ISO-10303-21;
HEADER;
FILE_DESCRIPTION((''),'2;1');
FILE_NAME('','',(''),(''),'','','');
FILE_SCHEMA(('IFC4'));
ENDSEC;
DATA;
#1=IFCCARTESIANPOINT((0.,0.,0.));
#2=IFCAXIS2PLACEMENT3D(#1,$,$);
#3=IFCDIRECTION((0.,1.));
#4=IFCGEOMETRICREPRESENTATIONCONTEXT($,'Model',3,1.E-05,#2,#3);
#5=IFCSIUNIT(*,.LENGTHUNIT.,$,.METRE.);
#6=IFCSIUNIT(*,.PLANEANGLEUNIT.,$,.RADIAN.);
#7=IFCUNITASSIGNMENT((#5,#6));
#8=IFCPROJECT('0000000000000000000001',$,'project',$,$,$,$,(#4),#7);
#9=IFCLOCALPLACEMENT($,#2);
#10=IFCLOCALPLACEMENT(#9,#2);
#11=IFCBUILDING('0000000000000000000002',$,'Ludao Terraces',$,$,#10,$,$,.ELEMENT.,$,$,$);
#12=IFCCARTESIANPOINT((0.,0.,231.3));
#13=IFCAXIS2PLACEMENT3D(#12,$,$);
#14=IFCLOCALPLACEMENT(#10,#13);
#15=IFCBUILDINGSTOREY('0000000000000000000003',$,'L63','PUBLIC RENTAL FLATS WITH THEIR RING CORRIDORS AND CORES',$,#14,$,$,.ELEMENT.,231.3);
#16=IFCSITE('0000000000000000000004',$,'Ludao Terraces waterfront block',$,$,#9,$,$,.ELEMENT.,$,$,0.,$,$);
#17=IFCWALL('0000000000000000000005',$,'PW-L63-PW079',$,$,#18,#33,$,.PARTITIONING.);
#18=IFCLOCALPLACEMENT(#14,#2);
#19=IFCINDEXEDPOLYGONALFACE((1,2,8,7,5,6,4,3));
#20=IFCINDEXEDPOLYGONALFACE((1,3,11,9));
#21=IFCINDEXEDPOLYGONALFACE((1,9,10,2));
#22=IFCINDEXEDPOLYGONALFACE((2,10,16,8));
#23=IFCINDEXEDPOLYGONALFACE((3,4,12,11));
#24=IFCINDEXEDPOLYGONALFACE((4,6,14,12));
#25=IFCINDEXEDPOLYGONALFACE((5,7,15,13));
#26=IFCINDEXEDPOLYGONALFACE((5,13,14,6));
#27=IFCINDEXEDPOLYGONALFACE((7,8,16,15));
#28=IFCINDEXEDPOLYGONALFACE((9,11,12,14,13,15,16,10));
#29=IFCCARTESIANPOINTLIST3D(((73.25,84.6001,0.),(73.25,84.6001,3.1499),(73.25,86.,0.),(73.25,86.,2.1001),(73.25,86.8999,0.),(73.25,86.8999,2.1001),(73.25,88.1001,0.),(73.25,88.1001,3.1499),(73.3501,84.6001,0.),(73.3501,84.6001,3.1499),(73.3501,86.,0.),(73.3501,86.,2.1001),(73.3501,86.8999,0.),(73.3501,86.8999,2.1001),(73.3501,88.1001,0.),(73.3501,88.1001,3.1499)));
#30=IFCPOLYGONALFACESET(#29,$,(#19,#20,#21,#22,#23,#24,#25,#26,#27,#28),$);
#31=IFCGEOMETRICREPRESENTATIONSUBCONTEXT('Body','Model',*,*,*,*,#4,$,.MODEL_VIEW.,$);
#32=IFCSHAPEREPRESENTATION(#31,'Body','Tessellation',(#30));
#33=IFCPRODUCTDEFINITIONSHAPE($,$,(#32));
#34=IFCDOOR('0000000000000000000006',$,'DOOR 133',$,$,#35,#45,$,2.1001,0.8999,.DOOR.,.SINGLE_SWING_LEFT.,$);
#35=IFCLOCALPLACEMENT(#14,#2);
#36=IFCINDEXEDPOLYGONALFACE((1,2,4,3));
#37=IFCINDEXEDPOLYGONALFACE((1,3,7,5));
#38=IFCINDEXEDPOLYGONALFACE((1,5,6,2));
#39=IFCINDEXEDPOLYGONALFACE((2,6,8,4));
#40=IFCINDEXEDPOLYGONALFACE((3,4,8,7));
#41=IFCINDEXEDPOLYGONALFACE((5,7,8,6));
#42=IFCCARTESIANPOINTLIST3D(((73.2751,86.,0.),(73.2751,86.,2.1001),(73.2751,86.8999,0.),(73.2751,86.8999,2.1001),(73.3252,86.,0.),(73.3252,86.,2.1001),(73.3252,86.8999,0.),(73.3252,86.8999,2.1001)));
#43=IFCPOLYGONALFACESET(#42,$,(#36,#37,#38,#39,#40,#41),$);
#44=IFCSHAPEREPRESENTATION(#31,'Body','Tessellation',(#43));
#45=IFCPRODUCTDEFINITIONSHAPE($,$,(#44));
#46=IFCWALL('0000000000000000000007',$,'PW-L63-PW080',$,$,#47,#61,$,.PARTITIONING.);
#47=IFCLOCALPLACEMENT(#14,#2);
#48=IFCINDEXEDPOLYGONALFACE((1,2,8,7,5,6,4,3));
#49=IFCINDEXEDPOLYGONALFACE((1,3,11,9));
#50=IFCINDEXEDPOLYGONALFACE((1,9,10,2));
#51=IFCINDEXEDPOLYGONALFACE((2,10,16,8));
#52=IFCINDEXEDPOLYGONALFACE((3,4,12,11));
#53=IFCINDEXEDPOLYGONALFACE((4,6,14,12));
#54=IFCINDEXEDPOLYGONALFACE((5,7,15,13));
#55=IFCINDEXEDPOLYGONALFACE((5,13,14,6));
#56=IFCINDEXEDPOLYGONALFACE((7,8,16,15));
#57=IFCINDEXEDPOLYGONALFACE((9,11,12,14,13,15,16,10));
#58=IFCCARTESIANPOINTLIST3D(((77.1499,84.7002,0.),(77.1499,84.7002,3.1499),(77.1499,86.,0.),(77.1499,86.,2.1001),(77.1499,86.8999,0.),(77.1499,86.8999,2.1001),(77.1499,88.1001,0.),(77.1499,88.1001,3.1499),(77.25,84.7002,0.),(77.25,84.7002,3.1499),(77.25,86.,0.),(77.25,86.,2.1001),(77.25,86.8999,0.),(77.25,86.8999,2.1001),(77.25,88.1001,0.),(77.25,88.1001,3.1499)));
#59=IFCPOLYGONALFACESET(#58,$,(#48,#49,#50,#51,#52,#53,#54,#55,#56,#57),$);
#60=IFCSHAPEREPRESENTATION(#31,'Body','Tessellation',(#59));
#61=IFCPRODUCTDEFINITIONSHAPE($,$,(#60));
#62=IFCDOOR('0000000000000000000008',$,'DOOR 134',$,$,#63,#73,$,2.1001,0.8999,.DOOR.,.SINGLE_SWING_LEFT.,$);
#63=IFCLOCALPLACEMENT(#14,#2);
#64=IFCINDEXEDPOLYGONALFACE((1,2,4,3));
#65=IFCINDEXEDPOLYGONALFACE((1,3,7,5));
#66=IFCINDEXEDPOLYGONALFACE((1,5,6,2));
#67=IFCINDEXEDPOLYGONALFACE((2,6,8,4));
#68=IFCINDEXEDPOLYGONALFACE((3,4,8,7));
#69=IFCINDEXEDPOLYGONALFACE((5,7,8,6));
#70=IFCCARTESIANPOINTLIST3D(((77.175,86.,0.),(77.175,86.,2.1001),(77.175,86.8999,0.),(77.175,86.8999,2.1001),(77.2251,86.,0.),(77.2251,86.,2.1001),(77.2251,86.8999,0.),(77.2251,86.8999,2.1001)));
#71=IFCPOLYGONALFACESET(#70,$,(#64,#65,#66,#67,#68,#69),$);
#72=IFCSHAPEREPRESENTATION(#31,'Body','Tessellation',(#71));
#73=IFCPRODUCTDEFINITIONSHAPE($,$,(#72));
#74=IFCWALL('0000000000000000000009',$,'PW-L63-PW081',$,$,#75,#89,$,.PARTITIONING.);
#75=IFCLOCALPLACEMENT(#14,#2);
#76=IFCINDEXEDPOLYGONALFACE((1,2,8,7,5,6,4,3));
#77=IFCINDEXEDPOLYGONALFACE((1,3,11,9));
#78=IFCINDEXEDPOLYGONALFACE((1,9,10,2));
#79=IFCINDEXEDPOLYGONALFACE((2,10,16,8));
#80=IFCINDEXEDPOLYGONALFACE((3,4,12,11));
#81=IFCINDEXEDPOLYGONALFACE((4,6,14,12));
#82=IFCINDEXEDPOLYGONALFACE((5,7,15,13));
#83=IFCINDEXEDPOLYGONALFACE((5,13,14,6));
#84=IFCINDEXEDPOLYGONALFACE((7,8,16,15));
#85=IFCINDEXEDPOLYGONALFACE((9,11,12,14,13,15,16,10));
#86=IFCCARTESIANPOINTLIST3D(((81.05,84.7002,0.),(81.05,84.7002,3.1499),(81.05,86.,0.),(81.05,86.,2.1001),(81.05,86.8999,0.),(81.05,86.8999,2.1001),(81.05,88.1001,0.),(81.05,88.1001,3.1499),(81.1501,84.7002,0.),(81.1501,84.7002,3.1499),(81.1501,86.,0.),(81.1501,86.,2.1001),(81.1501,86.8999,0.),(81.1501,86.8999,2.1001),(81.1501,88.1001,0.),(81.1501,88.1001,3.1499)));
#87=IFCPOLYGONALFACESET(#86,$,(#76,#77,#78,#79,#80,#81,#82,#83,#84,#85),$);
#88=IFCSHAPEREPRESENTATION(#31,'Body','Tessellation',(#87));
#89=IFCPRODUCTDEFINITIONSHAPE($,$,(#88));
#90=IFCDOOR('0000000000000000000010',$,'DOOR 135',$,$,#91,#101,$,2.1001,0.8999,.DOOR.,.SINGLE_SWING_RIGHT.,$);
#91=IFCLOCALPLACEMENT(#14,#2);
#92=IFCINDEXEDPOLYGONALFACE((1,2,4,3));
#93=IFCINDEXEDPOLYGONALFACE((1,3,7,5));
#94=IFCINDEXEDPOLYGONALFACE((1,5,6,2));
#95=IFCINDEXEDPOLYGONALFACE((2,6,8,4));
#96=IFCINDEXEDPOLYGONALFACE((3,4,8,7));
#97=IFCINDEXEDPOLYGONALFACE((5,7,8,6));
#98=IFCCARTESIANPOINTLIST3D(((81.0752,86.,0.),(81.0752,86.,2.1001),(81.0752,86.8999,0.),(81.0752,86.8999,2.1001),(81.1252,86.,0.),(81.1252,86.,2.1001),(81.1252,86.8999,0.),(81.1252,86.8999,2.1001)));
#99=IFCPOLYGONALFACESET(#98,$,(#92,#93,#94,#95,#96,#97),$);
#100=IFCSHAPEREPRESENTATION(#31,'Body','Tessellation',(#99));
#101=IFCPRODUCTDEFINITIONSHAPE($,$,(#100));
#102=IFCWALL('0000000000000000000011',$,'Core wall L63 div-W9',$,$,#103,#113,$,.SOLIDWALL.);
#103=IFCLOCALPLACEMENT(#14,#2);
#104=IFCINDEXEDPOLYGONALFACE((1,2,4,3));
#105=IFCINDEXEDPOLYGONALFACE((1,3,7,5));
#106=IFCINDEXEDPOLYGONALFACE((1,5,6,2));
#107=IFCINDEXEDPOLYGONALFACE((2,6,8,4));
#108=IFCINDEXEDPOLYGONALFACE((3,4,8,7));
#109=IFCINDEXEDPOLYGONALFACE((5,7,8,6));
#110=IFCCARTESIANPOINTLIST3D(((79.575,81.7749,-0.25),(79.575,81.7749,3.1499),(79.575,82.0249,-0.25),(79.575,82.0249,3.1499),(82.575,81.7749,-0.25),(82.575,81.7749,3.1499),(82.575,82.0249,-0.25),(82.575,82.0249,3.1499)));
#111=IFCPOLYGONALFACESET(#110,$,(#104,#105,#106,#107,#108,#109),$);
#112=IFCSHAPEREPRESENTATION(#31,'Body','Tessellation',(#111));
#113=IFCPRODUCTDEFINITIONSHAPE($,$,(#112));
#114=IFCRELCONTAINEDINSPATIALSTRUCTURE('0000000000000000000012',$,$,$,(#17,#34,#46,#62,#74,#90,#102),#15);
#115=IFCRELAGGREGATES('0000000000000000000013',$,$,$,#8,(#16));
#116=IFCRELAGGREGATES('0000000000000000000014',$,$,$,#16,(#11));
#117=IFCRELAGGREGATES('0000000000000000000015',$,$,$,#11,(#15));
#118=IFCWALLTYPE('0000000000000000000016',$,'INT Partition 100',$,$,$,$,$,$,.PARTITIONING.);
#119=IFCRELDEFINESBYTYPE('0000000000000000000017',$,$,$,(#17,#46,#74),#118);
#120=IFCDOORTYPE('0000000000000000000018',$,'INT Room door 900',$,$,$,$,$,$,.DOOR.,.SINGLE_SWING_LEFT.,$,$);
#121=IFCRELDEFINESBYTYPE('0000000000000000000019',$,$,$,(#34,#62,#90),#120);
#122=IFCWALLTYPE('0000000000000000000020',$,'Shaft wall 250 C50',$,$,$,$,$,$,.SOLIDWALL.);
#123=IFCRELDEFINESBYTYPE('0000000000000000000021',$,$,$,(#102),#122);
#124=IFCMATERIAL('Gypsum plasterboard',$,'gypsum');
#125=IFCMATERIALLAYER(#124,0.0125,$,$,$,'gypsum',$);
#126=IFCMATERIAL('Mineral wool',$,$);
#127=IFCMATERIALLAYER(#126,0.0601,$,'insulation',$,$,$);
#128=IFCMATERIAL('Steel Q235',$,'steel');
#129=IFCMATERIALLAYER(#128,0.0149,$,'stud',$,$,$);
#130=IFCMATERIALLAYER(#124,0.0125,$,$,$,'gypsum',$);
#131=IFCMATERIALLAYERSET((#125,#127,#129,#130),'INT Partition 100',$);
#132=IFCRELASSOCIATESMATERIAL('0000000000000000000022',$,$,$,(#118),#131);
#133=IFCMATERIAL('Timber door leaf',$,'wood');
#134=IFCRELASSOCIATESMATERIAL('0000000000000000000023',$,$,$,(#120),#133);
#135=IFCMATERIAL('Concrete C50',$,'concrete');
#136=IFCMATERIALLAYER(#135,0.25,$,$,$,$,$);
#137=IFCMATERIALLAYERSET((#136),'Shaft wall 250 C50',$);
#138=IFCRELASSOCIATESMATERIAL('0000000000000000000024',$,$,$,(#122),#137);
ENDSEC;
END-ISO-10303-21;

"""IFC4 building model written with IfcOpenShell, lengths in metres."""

from ifc_helpers import new_model, si_unit, direction, frame, frame_2d, origin, place, context, subcontext, project, spatial, rectangle, extrude, material, layer, layer_set, type_object, element, fill, save


model = new_model("IFC4")

# Units and contexts
model_context = context("Model", 3, precision=1e-05, world=origin(), true_north=direction((0.0, 1.0)))
body_context = subcontext(model_context, "Body", "Model", "MODEL_VIEW")
ifc_project = project(units=[si_unit("LENGTHUNIT", "METRE"), si_unit("PLANEANGLEUNIT", "RADIAN")], contexts=[model_context])

# Site, building, storey
site_placement = place(None, origin())
site = spatial("IfcSite", under=ifc_project, at=site_placement, Name="Ludao Terraces waterfront block", CompositionType="ELEMENT", RefElevation=0.0)
building_placement = place(site_placement, origin())
building = spatial("IfcBuilding", under=site, at=building_placement, Name="Ludao Terraces", CompositionType="ELEMENT")
storey_placement = place(building_placement, frame((0.0, 0.0, 231.3)))
storey = spatial("IfcBuildingStorey", under=building, at=storey_placement, Name="L63", Description="PUBLIC RENTAL FLATS WITH THEIR RING CORRIDORS AND CORES", CompositionType="ELEMENT", Elevation=231.3)

# Shared definitions
ifc_material_1 = material(Name="Concrete C50", Category="concrete")

# Shared definitions
ifc_material_2 = material(Name="Mineral wool")

# Walls, openings, doors
ifc_material_3 = material(Name="Gypsum plasterboard", Category="gypsum")
ifc_layer_1 = layer(ifc_material_3, 0.0125, Category="gypsum")
ifc_layer_2 = layer(ifc_material_2, 0.0601, Name="insulation")
ifc_material_4 = material(Name="Steel Q235", Category="steel")
ifc_layer_3 = layer(ifc_material_4, 0.0149, Name="stud")
ifc_layer_4 = layer(ifc_material_3, 0.0125, Category="gypsum")
ifc_layer_set_1 = layer_set([ifc_layer_1, ifc_layer_2, ifc_layer_3, ifc_layer_4], Name="INT Partition 100")
wall_type_1 = type_object("IfcWallType", Name="INT Partition 100", PredefinedType="PARTITIONING", material=ifc_layer_set_1)
wall_1_placement = place(storey_placement, frame((73.3, 84.6001, 0.0), z_axis=(0.0, 0.0, 1.0), x_axis=(0.0, 1.0, 0.0)))
wall_1 = element("IfcWall", 1, at=wall_1_placement, inside=storey, type_object=wall_type_1, Name="PW-L63-PW079", PredefinedType="PARTITIONING", context=body_context, shape_type="SweptSolid", body=[
    extrude(rectangle(XDim=3.5, YDim=0.1001, at=frame_2d((1.75, 0.0))), origin(), (0.0, 0.0, 1.0), 3.1499),
])
opening_1_placement = place(wall_1_placement, frame((1.3999, 0.0, 0.0)))
opening_1 = element("IfcOpeningElement", 2, at=opening_1_placement, cuts=wall_1, PredefinedType="OPENING", context=body_context, shape_type="SweptSolid", body=[
    extrude(rectangle(XDim=0.8999, YDim=2.1001, at=frame_2d((0.45, 1.05))), frame((0.0, 0.0601, 0.0), z_axis=(0.0, -1.0, 0.0), x_axis=(1.0, 0.0, 0.0)), (0.0, 0.0, 1.0), 0.1201),
])
ifc_material_5 = material(Name="Timber door leaf", Category="wood")
door_type = type_object("IfcDoorType", Name="INT Room door 900", OperationType="SINGLE_SWING_LEFT", PredefinedType="DOOR", material=ifc_material_5)
door_1_placement = place(opening_1_placement, origin())
door_1 = element("IfcDoor", 3, at=door_1_placement, inside=storey, type_object=door_type, Name="DOOR 133", OperationType="SINGLE_SWING_LEFT", OverallHeight=2.1001, OverallWidth=0.8999, PredefinedType="DOOR", context=body_context, shape_type="SweptSolid", body=[
    extrude(rectangle(XDim=0.8999, YDim=2.1001, at=frame_2d((0.45, 1.05))), frame((0.0, 0.0249, 0.0), z_axis=(0.0, -1.0, 0.0), x_axis=(1.0, 0.0, 0.0)), (0.0, 0.0, 1.0), 0.05),
])
fill(opening_1, door_1)
wall_2_placement = place(storey_placement, frame((77.2, 84.7002, 0.0), z_axis=(0.0, 0.0, 1.0), x_axis=(0.0, 1.0, 0.0)))
wall_2 = element("IfcWall", 4, at=wall_2_placement, inside=storey, type_object=wall_type_1, Name="PW-L63-PW080", PredefinedType="PARTITIONING", context=body_context, shape_type="SweptSolid", body=[
    extrude(rectangle(XDim=3.3999, YDim=0.1001, at=frame_2d((1.7, 0.0))), origin(), (0.0, 0.0, 1.0), 3.1499),
])
opening_2_placement = place(wall_2_placement, frame((1.2998, 0.0, 0.0)))
opening_2 = element("IfcOpeningElement", 5, at=opening_2_placement, cuts=wall_2, PredefinedType="OPENING", context=body_context, shape_type="SweptSolid", body=[
    extrude(rectangle(XDim=0.8999, YDim=2.1001, at=frame_2d((0.45, 1.05))), frame((0.0, 0.0601, 0.0), z_axis=(0.0, -1.0, 0.0), x_axis=(1.0, 0.0, 0.0)), (0.0, 0.0, 1.0), 0.1201),
])
door_2_placement = place(opening_2_placement, origin())
door_2 = element("IfcDoor", 6, at=door_2_placement, inside=storey, type_object=door_type, Name="DOOR 134", OperationType="SINGLE_SWING_LEFT", OverallHeight=2.1001, OverallWidth=0.8999, PredefinedType="DOOR", context=body_context, shape_type="SweptSolid", body=[
    extrude(rectangle(XDim=0.8999, YDim=2.1001, at=frame_2d((0.45, 1.05))), frame((0.0, 0.0249, 0.0), z_axis=(0.0, -1.0, 0.0), x_axis=(1.0, 0.0, 0.0)), (0.0, 0.0, 1.0), 0.05),
])
fill(opening_2, door_2)
wall_3_placement = place(storey_placement, frame((81.1001, 84.7002, 0.0), z_axis=(0.0, 0.0, 1.0), x_axis=(0.0, 1.0, 0.0)))
wall_3 = element("IfcWall", 7, at=wall_3_placement, inside=storey, type_object=wall_type_1, Name="PW-L63-PW081", PredefinedType="PARTITIONING", context=body_context, shape_type="SweptSolid", body=[
    extrude(rectangle(XDim=3.3999, YDim=0.1001, at=frame_2d((1.7, 0.0))), origin(), (0.0, 0.0, 1.0), 3.1499),
])
opening_3_placement = place(wall_3_placement, frame((1.2998, 0.0, 0.0)))
opening_3 = element("IfcOpeningElement", 8, at=opening_3_placement, cuts=wall_3, PredefinedType="OPENING", context=body_context, shape_type="SweptSolid", body=[
    extrude(rectangle(XDim=0.8999, YDim=2.1001, at=frame_2d((0.45, 1.05))), frame((0.0, 0.0601, 0.0), z_axis=(0.0, -1.0, 0.0), x_axis=(1.0, 0.0, 0.0)), (0.0, 0.0, 1.0), 0.1201),
])
door_3_placement = place(opening_3_placement, origin())
door_3 = element("IfcDoor", 9, at=door_3_placement, inside=storey, type_object=door_type, Name="DOOR 135", OperationType="SINGLE_SWING_RIGHT", OverallHeight=2.1001, OverallWidth=0.8999, PredefinedType="DOOR", context=body_context, shape_type="SweptSolid", body=[
    extrude(rectangle(XDim=0.8999, YDim=2.1001, at=frame_2d((0.45, 1.05))), frame((0.0, 0.0249, 0.0), z_axis=(0.0, -1.0, 0.0), x_axis=(1.0, 0.0, 0.0)), (0.0, 0.0, 1.0), 0.05),
])
fill(opening_3, door_3)

# Wall
ifc_layer_5 = layer(ifc_material_1, 0.25)
ifc_layer_set_2 = layer_set([ifc_layer_5], Name="Shaft wall 250 C50")
wall_type_2 = type_object("IfcWallType", Name="Shaft wall 250 C50", PredefinedType="SOLIDWALL", material=ifc_layer_set_2)
wall_4_placement = place(storey_placement, frame((79.575, 81.8999, -0.25), z_axis=(0.0, 0.0, 1.0), x_axis=(1.0, 0.0, 0.0)))
element("IfcWall", 10, at=wall_4_placement, inside=storey, type_object=wall_type_2, Name="Core wall L63 div-W9", PredefinedType="SOLIDWALL", context=body_context, shape_type="SweptSolid", body=[
    extrude(rectangle(XDim=3.0, YDim=0.25, at=frame_2d((1.5, 0.0))), origin(), (0.0, 0.0, 1.0), 3.3999),
])

save(model, "model.ifc")
